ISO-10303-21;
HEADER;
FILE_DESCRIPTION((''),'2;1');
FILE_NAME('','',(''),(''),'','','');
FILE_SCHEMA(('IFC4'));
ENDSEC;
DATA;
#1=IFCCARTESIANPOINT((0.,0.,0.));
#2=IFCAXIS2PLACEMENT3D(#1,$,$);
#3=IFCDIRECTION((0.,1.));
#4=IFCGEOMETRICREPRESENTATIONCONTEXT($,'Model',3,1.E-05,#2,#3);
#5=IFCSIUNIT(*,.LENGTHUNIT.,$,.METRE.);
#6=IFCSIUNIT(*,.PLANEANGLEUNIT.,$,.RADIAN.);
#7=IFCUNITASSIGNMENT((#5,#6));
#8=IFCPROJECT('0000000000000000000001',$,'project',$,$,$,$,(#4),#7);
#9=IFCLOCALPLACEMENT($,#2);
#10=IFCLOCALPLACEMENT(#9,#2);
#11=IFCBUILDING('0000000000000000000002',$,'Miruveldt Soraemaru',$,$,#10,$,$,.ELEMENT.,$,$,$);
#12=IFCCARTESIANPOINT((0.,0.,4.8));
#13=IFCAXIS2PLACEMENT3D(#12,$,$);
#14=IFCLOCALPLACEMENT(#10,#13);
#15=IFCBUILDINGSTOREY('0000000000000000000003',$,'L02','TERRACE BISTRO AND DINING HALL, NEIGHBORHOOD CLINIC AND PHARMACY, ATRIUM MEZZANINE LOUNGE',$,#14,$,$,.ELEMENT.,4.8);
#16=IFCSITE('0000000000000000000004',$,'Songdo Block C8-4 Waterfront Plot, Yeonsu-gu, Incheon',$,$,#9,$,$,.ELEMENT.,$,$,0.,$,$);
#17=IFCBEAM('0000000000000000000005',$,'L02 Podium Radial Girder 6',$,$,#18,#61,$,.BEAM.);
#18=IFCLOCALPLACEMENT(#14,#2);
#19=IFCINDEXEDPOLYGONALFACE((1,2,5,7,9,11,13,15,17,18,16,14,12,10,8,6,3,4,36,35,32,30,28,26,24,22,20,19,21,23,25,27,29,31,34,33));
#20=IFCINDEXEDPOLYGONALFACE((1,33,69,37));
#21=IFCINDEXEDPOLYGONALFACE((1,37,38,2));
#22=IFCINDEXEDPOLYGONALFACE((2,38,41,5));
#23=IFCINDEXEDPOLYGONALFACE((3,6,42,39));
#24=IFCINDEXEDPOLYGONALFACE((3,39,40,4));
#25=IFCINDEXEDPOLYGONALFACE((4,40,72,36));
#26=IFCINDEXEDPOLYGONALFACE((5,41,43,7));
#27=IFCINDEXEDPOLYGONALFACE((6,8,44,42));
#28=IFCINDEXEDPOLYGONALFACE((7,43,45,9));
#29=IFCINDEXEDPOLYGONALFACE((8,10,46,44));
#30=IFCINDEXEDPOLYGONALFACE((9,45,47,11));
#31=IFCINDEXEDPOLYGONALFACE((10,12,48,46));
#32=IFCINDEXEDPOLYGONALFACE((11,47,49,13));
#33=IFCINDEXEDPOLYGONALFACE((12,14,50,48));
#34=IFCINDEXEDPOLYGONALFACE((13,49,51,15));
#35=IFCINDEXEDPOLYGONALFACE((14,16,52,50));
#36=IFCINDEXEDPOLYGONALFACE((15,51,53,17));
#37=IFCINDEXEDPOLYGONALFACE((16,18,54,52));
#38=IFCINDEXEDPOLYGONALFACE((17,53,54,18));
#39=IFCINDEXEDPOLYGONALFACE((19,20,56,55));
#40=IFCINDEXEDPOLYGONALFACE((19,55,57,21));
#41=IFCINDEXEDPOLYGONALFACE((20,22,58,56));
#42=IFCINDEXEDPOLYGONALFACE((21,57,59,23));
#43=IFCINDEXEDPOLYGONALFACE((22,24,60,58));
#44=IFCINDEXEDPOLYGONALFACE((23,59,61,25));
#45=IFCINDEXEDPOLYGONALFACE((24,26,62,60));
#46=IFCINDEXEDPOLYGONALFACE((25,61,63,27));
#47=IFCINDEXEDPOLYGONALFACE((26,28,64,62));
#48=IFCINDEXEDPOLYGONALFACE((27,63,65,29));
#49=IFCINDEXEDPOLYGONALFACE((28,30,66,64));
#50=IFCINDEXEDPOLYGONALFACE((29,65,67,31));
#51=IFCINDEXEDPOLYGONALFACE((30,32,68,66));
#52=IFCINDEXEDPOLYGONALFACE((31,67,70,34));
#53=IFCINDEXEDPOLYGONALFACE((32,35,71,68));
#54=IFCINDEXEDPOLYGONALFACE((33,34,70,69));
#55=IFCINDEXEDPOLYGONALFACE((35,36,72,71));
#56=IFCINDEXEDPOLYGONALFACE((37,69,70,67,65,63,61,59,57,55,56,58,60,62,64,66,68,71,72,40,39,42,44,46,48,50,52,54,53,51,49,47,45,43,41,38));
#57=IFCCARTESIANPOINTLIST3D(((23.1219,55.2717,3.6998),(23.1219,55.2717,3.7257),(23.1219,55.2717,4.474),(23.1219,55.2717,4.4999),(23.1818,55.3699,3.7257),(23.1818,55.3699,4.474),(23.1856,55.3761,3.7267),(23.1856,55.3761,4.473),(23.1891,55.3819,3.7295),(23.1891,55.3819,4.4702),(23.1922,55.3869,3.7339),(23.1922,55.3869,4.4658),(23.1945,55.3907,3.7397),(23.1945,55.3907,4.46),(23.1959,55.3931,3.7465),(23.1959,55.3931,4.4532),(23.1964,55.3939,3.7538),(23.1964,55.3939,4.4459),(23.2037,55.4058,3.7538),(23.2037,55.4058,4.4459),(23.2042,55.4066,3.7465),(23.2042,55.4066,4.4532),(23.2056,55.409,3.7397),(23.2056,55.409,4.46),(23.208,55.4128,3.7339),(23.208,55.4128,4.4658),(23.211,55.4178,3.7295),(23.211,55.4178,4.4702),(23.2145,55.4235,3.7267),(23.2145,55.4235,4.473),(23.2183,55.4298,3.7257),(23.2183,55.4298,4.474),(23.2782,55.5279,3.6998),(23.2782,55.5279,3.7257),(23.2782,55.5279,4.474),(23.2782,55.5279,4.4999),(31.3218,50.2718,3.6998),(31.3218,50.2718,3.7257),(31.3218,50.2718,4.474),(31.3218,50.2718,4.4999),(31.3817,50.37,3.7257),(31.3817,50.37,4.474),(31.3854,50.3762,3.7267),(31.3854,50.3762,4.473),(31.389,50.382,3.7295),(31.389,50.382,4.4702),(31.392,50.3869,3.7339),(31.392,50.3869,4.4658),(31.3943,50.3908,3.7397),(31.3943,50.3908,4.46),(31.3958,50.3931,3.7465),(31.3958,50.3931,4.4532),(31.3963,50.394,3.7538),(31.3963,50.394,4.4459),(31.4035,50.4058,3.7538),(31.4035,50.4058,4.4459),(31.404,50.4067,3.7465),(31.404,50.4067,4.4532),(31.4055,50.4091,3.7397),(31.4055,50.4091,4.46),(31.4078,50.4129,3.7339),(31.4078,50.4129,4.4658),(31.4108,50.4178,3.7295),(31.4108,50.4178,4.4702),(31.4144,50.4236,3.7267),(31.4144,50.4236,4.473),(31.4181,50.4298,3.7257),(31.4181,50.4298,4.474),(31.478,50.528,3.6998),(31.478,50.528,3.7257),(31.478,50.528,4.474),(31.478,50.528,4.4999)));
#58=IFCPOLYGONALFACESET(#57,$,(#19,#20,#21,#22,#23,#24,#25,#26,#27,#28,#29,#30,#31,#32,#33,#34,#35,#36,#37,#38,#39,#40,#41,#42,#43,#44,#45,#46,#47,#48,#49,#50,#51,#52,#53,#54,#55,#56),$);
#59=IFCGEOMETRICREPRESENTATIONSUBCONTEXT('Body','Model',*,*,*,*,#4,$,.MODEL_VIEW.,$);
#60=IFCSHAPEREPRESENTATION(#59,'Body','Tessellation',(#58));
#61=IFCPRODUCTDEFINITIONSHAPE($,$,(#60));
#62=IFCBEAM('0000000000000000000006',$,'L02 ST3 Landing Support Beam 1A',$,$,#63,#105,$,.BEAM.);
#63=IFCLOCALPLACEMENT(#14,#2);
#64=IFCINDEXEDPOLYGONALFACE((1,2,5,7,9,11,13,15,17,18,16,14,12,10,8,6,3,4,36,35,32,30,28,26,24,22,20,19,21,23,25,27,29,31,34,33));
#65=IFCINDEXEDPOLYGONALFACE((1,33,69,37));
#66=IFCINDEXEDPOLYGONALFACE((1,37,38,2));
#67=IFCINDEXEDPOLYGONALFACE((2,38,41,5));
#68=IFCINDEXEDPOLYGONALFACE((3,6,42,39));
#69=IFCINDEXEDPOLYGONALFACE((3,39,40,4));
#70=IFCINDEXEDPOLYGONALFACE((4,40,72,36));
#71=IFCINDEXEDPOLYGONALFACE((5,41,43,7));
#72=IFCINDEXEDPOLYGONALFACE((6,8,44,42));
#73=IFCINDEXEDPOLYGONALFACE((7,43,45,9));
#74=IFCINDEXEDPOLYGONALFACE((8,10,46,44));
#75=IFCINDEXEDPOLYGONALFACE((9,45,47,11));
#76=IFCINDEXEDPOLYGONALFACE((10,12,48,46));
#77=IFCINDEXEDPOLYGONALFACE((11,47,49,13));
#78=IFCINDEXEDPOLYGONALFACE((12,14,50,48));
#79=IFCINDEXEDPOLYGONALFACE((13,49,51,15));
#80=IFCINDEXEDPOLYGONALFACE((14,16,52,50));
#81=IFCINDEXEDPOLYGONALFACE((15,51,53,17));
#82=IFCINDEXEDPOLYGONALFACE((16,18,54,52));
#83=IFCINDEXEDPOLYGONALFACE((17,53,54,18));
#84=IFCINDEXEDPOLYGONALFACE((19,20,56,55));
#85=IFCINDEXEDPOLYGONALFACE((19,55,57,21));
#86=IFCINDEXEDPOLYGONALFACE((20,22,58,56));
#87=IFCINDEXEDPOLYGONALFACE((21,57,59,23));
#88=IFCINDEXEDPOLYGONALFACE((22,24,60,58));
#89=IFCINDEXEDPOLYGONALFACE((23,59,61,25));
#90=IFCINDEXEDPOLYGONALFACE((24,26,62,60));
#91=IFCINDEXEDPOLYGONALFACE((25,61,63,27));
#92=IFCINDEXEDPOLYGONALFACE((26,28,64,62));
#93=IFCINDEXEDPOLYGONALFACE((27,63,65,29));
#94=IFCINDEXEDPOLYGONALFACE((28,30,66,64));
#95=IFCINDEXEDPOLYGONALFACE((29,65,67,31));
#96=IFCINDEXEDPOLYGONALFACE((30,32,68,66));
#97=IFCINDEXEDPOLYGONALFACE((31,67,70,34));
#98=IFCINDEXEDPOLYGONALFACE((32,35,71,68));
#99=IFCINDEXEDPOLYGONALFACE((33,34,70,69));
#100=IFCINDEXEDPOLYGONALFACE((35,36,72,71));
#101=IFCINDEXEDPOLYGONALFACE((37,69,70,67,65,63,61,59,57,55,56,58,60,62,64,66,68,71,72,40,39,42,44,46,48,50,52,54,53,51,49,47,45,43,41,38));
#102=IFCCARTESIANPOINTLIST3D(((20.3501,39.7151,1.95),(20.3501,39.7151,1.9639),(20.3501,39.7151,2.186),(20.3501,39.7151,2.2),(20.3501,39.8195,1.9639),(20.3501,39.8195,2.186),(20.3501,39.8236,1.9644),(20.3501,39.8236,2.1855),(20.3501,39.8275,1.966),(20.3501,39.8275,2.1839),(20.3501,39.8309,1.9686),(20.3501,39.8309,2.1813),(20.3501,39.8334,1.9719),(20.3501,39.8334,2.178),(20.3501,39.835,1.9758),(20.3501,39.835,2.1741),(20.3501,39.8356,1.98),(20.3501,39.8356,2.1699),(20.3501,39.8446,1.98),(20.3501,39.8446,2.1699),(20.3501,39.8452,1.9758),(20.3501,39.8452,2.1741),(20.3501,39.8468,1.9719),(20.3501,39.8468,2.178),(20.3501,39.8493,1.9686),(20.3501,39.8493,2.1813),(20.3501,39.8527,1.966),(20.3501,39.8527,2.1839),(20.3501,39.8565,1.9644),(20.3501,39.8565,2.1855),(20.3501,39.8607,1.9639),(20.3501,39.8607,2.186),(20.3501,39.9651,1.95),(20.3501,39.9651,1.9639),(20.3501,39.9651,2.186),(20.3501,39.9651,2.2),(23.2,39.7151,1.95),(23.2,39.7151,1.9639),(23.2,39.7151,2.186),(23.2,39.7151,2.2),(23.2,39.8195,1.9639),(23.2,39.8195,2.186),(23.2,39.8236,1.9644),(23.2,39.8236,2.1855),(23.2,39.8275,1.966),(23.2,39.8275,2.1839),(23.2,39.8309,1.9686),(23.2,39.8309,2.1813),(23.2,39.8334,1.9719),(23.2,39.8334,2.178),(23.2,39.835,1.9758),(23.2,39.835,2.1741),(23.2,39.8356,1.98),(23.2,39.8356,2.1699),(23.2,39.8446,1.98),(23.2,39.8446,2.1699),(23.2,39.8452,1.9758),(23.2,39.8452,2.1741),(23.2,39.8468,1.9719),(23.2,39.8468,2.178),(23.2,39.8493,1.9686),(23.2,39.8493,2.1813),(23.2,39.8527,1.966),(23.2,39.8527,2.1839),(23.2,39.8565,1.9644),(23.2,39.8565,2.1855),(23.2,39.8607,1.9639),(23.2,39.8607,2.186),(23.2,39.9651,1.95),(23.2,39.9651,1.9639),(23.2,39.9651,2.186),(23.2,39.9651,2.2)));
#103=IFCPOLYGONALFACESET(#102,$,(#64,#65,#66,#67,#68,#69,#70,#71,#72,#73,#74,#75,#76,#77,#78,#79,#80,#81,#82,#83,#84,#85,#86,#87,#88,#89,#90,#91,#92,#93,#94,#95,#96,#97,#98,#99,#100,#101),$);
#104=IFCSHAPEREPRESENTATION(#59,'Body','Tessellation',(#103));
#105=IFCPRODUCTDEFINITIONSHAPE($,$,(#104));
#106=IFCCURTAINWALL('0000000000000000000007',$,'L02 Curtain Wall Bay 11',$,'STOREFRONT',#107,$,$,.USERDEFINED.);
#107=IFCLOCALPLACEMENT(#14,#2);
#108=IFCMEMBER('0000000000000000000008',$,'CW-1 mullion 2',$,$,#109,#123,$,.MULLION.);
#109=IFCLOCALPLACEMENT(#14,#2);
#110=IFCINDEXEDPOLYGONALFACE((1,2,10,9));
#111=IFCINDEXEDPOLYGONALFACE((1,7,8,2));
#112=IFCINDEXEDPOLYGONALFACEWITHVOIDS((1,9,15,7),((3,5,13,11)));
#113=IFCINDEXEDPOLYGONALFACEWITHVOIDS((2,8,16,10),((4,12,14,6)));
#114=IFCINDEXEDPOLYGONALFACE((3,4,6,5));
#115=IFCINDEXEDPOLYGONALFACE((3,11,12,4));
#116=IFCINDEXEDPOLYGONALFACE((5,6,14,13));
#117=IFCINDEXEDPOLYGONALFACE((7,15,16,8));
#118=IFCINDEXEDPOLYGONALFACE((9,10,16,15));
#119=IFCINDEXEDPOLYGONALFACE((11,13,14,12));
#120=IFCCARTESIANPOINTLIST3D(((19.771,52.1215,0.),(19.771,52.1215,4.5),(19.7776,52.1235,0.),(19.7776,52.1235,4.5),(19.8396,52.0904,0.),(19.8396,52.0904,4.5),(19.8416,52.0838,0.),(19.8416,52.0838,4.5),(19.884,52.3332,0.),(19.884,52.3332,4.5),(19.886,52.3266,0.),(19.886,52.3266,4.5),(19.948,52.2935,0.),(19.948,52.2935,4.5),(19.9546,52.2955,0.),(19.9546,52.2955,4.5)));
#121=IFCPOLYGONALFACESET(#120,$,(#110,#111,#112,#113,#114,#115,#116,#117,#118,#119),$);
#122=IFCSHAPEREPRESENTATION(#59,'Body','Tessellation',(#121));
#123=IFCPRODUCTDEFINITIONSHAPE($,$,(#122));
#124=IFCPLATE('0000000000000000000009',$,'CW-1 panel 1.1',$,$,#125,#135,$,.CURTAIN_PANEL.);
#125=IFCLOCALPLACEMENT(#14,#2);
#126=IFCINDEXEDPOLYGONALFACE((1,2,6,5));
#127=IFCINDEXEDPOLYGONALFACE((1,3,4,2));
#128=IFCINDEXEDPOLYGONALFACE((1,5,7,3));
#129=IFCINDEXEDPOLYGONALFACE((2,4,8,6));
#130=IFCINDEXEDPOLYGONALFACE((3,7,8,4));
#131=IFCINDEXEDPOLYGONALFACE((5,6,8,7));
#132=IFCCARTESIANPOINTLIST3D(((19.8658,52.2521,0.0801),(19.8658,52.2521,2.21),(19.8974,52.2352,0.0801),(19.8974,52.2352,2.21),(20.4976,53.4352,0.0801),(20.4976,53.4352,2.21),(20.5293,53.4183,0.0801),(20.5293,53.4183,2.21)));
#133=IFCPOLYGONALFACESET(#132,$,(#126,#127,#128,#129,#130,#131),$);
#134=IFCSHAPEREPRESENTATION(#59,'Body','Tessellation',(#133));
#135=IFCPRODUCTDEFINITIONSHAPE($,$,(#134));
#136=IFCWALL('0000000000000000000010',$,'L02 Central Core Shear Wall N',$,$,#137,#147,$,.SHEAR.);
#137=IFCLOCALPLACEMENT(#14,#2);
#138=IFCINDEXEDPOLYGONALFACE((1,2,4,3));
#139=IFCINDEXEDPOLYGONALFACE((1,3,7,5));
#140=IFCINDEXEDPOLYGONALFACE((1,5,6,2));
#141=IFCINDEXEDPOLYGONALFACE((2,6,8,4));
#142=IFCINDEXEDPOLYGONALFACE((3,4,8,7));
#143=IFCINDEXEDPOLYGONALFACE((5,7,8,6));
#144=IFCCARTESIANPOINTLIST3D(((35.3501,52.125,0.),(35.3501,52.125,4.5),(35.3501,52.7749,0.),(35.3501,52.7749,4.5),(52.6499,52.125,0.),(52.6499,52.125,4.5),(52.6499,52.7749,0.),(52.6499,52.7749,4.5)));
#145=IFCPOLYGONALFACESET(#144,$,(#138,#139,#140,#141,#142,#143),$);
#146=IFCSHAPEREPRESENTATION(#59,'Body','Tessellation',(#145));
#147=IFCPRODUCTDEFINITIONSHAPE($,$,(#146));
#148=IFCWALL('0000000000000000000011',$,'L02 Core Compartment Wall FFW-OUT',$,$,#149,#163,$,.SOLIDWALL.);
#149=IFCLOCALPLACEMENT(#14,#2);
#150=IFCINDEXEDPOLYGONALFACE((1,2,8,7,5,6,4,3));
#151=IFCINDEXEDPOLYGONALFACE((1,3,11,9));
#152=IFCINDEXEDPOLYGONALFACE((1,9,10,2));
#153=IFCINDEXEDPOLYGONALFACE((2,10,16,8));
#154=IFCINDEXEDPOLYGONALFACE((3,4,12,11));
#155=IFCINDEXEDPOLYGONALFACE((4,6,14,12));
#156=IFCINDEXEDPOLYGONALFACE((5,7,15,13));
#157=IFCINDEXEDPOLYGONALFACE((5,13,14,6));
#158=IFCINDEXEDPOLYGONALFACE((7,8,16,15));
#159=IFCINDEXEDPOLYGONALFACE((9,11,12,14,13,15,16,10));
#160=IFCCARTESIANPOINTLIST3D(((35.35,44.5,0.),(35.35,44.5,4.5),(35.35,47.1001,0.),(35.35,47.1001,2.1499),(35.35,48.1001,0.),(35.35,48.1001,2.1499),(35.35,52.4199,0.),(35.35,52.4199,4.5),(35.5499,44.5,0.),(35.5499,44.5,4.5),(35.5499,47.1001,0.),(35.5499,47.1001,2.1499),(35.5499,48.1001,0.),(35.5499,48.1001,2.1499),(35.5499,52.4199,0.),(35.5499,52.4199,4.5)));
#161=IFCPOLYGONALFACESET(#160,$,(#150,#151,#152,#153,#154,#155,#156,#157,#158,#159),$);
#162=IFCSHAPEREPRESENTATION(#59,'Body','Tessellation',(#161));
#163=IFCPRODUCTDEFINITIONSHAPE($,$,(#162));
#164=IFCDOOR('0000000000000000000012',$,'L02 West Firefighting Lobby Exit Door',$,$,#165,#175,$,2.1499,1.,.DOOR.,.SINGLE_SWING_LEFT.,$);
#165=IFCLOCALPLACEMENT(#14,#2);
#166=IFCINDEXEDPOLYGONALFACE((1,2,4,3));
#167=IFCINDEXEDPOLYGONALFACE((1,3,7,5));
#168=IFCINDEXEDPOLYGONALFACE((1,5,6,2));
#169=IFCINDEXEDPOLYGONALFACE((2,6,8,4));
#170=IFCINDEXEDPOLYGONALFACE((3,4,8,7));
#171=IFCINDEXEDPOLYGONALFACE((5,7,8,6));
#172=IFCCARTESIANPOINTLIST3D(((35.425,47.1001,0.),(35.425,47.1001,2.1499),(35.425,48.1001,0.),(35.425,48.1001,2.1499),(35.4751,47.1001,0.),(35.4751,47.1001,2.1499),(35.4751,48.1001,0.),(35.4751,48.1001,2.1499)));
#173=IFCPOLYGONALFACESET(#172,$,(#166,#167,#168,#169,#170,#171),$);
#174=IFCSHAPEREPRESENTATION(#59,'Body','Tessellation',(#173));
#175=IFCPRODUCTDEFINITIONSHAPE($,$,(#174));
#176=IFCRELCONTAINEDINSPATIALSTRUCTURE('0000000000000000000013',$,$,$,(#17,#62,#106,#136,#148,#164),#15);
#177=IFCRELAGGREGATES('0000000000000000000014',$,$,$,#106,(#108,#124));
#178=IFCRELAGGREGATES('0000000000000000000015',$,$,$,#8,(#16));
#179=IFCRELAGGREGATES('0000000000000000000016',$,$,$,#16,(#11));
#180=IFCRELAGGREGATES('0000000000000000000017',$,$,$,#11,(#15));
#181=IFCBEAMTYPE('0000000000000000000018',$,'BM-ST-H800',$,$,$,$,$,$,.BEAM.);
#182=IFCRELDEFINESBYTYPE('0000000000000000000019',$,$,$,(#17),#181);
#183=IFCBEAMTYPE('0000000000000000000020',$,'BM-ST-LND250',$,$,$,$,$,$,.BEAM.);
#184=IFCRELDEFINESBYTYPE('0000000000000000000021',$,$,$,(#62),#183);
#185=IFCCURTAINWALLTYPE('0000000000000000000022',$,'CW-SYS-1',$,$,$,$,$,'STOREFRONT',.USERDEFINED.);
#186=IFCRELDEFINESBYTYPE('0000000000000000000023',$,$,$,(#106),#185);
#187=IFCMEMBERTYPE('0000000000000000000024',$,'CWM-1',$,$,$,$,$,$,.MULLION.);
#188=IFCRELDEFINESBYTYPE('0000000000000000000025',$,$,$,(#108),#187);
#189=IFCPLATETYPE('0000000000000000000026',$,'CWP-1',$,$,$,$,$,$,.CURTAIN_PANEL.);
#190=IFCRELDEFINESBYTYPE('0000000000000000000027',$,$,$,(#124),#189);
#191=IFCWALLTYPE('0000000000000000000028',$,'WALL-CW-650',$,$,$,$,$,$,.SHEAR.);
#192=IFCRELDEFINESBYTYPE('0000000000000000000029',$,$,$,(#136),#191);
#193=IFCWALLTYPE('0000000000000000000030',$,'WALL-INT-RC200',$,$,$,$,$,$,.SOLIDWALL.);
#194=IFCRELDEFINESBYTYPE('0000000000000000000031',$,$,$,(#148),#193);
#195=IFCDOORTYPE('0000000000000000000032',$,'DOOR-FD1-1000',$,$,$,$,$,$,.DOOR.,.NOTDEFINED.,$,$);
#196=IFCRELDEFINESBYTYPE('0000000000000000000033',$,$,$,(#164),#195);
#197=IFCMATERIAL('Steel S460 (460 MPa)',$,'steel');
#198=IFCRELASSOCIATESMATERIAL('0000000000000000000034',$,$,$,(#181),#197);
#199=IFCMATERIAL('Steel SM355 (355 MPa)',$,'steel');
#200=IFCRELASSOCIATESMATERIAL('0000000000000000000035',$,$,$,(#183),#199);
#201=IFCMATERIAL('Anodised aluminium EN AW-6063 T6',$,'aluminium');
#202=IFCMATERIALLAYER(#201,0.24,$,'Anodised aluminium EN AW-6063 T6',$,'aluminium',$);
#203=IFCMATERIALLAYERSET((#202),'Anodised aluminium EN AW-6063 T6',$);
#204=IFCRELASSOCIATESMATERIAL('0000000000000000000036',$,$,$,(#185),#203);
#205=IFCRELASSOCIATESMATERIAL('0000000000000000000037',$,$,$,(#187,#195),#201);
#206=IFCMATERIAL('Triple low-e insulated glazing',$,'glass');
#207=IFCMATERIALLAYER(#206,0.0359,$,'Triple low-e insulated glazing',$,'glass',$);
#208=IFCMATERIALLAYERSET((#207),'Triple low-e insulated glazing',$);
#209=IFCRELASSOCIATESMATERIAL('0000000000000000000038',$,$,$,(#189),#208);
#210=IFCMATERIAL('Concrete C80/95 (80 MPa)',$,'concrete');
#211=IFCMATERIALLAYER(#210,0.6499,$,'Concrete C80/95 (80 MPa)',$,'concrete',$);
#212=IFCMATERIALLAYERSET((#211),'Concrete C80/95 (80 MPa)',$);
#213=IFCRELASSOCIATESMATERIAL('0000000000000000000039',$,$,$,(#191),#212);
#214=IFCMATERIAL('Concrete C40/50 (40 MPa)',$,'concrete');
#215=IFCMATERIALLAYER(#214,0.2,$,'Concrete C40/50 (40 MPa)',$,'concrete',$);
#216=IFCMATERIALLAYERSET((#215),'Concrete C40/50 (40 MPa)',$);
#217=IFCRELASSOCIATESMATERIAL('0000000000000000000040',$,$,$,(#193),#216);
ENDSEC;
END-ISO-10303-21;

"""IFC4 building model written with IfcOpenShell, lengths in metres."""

from ifc_helpers import new_model, si_unit, direction, frame, frame_2d, origin, origin_2d, place, context, subcontext, project, spatial, rectangle, hollow_rectangle, i_section, extrude, material, layer, layer_set, material_profile, profile_set, type_object, element, fill, aggregate, save


model = new_model("IFC4")

# Units and contexts
model_context = context("Model", 3, precision=1e-05, world=origin(), true_north=direction((0.0, 1.0)))
body_context = subcontext(model_context, "Body", "Model", "MODEL_VIEW")
ifc_project = project(units=[si_unit("LENGTHUNIT", "METRE"), si_unit("PLANEANGLEUNIT", "RADIAN")], contexts=[model_context])

# Site, building, storey
site_placement = place(None, origin())
site = spatial("IfcSite", under=ifc_project, at=site_placement, Name="Songdo Block C8-4 Waterfront Plot, Yeonsu-gu, Incheon", CompositionType="ELEMENT", RefElevation=0.0)
building_placement = place(site_placement, origin())
building = spatial("IfcBuilding", under=site, at=building_placement, Name="Miruveldt Soraemaru", CompositionType="ELEMENT")
storey_placement = place(building_placement, frame((0.0, 0.0, 4.8)))
storey = spatial("IfcBuildingStorey", under=building, at=storey_placement, Name="L02", Description="TERRACE BISTRO AND DINING HALL, NEIGHBORHOOD CLINIC AND PHARMACY, ATRIUM MEZZANINE LOUNGE", CompositionType="ELEMENT", Elevation=4.8)

# Shared definitions
ifc_material_1 = material(Name="Steel SM355 (355 MPa)", Category="steel")
ifc_material_2 = material(Name="Concrete C80/95 (80 MPa)", Category="concrete")

# Beams
ifc_material_3 = material(Name="Steel S460 (460 MPa)", Category="steel")
ifc_material_profile_1 = material_profile(ifc_material_3, i_section(OverallWidth=0.3, OverallDepth=0.8, WebThickness=0.0139, FlangeThickness=0.0259, FilletRadius=0.0281, at=origin_2d()), Name="Steel S460 (460 MPa)", Category="steel")
ifc_profile_set_1 = profile_set([ifc_material_profile_1], Name="Steel S460 (460 MPa)")
beam_type_1 = type_object("IfcBeamType", Name="BM-ST-H800", PredefinedType="BEAM", material=ifc_profile_set_1)
beam_1_placement = place(storey_placement, frame((31.3999, 50.3999, 4.0999), z_axis=(-0.853795, 0.52061, 0.0), x_axis=(-0.52061, -0.853795, 0.0)))
element("IfcBeam", 1, at=beam_1_placement, inside=storey, type_object=beam_type_1, Name="L02 Podium Radial Girder 6", PredefinedType="BEAM", context=body_context, shape_type="SweptSolid", body=[
    extrude(i_section(OverallWidth=0.3, OverallDepth=0.8, WebThickness=0.0139, FlangeThickness=0.0259, FilletRadius=0.0281, at=origin_2d()), origin(), (0.0, 0.0, 1.0), 9.604),
])
ifc_material_profile_2 = material_profile(ifc_material_1, i_section(OverallWidth=0.25, OverallDepth=0.25, WebThickness=0.009, FlangeThickness=0.0139, FilletRadius=0.0161, at=origin_2d()), Name="Steel SM355 (355 MPa)", Category="steel")
ifc_profile_set_2 = profile_set([ifc_material_profile_2], Name="Steel SM355 (355 MPa)")
beam_type_2 = type_object("IfcBeamType", Name="BM-ST-LND250", PredefinedType="BEAM", material=ifc_profile_set_2)
beam_2_placement = place(storey_placement, frame((20.3501, 39.8401, 2.075), z_axis=(1.0, 0.0, 0.0), x_axis=(0.0, 1.0, 0.0)))
element("IfcBeam", 2, at=beam_2_placement, inside=storey, type_object=beam_type_2, Name="L02 ST3 Landing Support Beam 1A", PredefinedType="BEAM", context=body_context, shape_type="SweptSolid", body=[
    extrude(i_section(OverallWidth=0.25, OverallDepth=0.25, WebThickness=0.009, FlangeThickness=0.0139, FilletRadius=0.0161, at=origin_2d()), origin(), (0.0, 0.0, 1.0), 2.8499),
])

# Curtain wall, member, plate
ifc_material_4 = material(Name="Anodised aluminium EN AW-6063 T6", Category="aluminium")
ifc_layer_1 = layer(ifc_material_4, 0.24, Name="Anodised aluminium EN AW-6063 T6", Category="aluminium")
ifc_layer_set_1 = layer_set([ifc_layer_1], Name="Anodised aluminium EN AW-6063 T6")
curtain_wall_type = type_object("IfcCurtainWallType", Name="CW-SYS-1", ElementType="STOREFRONT", PredefinedType="USERDEFINED", material=ifc_layer_set_1)
curtain_wall_placement = place(storey_placement, origin())
curtain_wall = element("IfcCurtainWall", 3, at=curtain_wall_placement, inside=storey, type_object=curtain_wall_type, Name="L02 Curtain Wall Bay 11", ObjectType="STOREFRONT", PredefinedType="USERDEFINED")
ifc_material_profile_3 = material_profile(ifc_material_4, hollow_rectangle(XDim=0.0801, YDim=0.24, WallThickness=0.0049, at=origin_2d()), Name="Anodised aluminium EN AW-6063 T6", Category="aluminium")
ifc_profile_set_3 = profile_set([ifc_material_profile_3], Name="Anodised aluminium EN AW-6063 T6")
member_type = type_object("IfcMemberType", Name="CWM-1", PredefinedType="MULLION", material=ifc_profile_set_3)
member_placement = place(storey_placement, frame((19.8628, 52.2085, 0.0), z_axis=(0.0, 0.0, 1.0), x_axis=(0.882105, -0.471053, 0.0)))
member = element("IfcMember", 4, at=member_placement, type_object=member_type, Name="CW-1 mullion 2", PredefinedType="MULLION", context=body_context, shape_type="SweptSolid", body=[
    extrude(hollow_rectangle(XDim=0.0801, YDim=0.24, WallThickness=0.0049, at=origin_2d()), origin(), (0.0, 0.0, 1.0), 4.5),
])
ifc_material_5 = material(Name="Triple low-e insulated glazing", Category="glass")
ifc_layer_2 = layer(ifc_material_5, 0.0359, Name="Triple low-e insulated glazing", Category="glass")
ifc_layer_set_2 = layer_set([ifc_layer_2], Name="Triple low-e insulated glazing")
plate_type = type_object("IfcPlateType", Name="CWP-1", PredefinedType="CURTAIN_PANEL", material=ifc_layer_set_2)
plate_placement = place(storey_placement, frame((20.1975, 52.8352, 0.0801), z_axis=(0.0, 0.0, 1.0), x_axis=(-0.471053, -0.882105, 0.0)))
plate = element("IfcPlate", 5, at=plate_placement, type_object=plate_type, Name="CW-1 panel 1.1", PredefinedType="CURTAIN_PANEL", context=body_context, shape_type="SweptSolid", body=[
    extrude(rectangle(XDim=1.3413, YDim=0.0359, at=origin_2d()), origin(), (0.0, 0.0, 1.0), 2.1299),
])
aggregate(curtain_wall, [member, plate])

# Shared definitions
door_type_1 = type_object("IfcDoorType", Name="DOOR-FD1-1000", OperationType="NOTDEFINED", PredefinedType="DOOR", material=ifc_material_4)

# Wall
ifc_layer_3 = layer(ifc_material_2, 0.6499, Name="Concrete C80/95 (80 MPa)", Category="concrete")
ifc_layer_set_3 = layer_set([ifc_layer_3], Name="Concrete C80/95 (80 MPa)")
wall_type_1 = type_object("IfcWallType", Name="WALL-CW-650", PredefinedType="SHEAR", material=ifc_layer_set_3)
wall_1_placement = place(storey_placement, frame((35.3501, 52.45, 0.0), z_axis=(0.0, 0.0, 1.0), x_axis=(1.0, 0.0, 0.0)))
element("IfcWall", 6, at=wall_1_placement, inside=storey, type_object=wall_type_1, Name="L02 Central Core Shear Wall N", PredefinedType="SHEAR", context=body_context, shape_type="SweptSolid", body=[
    extrude(rectangle(XDim=17.2998, YDim=0.6499, at=frame_2d((8.6499, 0.0))), origin(), (0.0, 0.0, 1.0), 4.5),
])

# Wall, opening, door
ifc_material_6 = material(Name="Concrete C40/50 (40 MPa)", Category="concrete")
ifc_layer_4 = layer(ifc_material_6, 0.2, Name="Concrete C40/50 (40 MPa)", Category="concrete")
ifc_layer_set_4 = layer_set([ifc_layer_4], Name="Concrete C40/50 (40 MPa)")
wall_type_2 = type_object("IfcWallType", Name="WALL-INT-RC200", PredefinedType="SOLIDWALL", material=ifc_layer_set_4)
wall_2_placement = place(storey_placement, frame((35.45, 44.5, 0.0), z_axis=(0.0, 0.0, 1.0), x_axis=(0.0, 1.0, 0.0)))
wall_2 = element("IfcWall", 7, at=wall_2_placement, inside=storey, type_object=wall_type_2, Name="L02 Core Compartment Wall FFW-OUT", PredefinedType="SOLIDWALL", context=body_context, shape_type="SweptSolid", body=[
    extrude(rectangle(XDim=7.9199, YDim=0.2, at=frame_2d((3.96, 0.0))), origin(), (0.0, 0.0, 1.0), 4.5),
])
opening_1_placement = place(wall_2_placement, frame((2.6001, 0.0, 0.0)))
opening_1 = element("IfcOpeningElement", 8, at=opening_1_placement, cuts=wall_2, PredefinedType="OPENING", context=body_context, shape_type="SweptSolid", body=[
    extrude(rectangle(XDim=1.0, YDim=2.1499, at=frame_2d((0.5, 1.075))), frame((0.0, 0.1099, 0.0), z_axis=(0.0, -1.0, 0.0), x_axis=(1.0, 0.0, 0.0)), (0.0, 0.0, 1.0), 0.22),
])
door_1_placement = place(opening_1_placement, origin())
door_1 = element("IfcDoor", 9, at=door_1_placement, inside=storey, type_object=door_type_1, Name="L02 West Firefighting Lobby Exit Door", OperationType="SINGLE_SWING_LEFT", OverallHeight=2.1499, OverallWidth=1.0, PredefinedType="DOOR", context=body_context, shape_type="SweptSolid", body=[
    extrude(rectangle(XDim=1.0, YDim=2.1499, at=frame_2d((0.5, 1.075))), frame((0.0, 0.0249, 0.0), z_axis=(0.0, -1.0, 0.0), x_axis=(1.0, 0.0, 0.0)), (0.0, 0.0, 1.0), 0.05),
])
fill(opening_1, door_1)

save(model, "model.ifc")
